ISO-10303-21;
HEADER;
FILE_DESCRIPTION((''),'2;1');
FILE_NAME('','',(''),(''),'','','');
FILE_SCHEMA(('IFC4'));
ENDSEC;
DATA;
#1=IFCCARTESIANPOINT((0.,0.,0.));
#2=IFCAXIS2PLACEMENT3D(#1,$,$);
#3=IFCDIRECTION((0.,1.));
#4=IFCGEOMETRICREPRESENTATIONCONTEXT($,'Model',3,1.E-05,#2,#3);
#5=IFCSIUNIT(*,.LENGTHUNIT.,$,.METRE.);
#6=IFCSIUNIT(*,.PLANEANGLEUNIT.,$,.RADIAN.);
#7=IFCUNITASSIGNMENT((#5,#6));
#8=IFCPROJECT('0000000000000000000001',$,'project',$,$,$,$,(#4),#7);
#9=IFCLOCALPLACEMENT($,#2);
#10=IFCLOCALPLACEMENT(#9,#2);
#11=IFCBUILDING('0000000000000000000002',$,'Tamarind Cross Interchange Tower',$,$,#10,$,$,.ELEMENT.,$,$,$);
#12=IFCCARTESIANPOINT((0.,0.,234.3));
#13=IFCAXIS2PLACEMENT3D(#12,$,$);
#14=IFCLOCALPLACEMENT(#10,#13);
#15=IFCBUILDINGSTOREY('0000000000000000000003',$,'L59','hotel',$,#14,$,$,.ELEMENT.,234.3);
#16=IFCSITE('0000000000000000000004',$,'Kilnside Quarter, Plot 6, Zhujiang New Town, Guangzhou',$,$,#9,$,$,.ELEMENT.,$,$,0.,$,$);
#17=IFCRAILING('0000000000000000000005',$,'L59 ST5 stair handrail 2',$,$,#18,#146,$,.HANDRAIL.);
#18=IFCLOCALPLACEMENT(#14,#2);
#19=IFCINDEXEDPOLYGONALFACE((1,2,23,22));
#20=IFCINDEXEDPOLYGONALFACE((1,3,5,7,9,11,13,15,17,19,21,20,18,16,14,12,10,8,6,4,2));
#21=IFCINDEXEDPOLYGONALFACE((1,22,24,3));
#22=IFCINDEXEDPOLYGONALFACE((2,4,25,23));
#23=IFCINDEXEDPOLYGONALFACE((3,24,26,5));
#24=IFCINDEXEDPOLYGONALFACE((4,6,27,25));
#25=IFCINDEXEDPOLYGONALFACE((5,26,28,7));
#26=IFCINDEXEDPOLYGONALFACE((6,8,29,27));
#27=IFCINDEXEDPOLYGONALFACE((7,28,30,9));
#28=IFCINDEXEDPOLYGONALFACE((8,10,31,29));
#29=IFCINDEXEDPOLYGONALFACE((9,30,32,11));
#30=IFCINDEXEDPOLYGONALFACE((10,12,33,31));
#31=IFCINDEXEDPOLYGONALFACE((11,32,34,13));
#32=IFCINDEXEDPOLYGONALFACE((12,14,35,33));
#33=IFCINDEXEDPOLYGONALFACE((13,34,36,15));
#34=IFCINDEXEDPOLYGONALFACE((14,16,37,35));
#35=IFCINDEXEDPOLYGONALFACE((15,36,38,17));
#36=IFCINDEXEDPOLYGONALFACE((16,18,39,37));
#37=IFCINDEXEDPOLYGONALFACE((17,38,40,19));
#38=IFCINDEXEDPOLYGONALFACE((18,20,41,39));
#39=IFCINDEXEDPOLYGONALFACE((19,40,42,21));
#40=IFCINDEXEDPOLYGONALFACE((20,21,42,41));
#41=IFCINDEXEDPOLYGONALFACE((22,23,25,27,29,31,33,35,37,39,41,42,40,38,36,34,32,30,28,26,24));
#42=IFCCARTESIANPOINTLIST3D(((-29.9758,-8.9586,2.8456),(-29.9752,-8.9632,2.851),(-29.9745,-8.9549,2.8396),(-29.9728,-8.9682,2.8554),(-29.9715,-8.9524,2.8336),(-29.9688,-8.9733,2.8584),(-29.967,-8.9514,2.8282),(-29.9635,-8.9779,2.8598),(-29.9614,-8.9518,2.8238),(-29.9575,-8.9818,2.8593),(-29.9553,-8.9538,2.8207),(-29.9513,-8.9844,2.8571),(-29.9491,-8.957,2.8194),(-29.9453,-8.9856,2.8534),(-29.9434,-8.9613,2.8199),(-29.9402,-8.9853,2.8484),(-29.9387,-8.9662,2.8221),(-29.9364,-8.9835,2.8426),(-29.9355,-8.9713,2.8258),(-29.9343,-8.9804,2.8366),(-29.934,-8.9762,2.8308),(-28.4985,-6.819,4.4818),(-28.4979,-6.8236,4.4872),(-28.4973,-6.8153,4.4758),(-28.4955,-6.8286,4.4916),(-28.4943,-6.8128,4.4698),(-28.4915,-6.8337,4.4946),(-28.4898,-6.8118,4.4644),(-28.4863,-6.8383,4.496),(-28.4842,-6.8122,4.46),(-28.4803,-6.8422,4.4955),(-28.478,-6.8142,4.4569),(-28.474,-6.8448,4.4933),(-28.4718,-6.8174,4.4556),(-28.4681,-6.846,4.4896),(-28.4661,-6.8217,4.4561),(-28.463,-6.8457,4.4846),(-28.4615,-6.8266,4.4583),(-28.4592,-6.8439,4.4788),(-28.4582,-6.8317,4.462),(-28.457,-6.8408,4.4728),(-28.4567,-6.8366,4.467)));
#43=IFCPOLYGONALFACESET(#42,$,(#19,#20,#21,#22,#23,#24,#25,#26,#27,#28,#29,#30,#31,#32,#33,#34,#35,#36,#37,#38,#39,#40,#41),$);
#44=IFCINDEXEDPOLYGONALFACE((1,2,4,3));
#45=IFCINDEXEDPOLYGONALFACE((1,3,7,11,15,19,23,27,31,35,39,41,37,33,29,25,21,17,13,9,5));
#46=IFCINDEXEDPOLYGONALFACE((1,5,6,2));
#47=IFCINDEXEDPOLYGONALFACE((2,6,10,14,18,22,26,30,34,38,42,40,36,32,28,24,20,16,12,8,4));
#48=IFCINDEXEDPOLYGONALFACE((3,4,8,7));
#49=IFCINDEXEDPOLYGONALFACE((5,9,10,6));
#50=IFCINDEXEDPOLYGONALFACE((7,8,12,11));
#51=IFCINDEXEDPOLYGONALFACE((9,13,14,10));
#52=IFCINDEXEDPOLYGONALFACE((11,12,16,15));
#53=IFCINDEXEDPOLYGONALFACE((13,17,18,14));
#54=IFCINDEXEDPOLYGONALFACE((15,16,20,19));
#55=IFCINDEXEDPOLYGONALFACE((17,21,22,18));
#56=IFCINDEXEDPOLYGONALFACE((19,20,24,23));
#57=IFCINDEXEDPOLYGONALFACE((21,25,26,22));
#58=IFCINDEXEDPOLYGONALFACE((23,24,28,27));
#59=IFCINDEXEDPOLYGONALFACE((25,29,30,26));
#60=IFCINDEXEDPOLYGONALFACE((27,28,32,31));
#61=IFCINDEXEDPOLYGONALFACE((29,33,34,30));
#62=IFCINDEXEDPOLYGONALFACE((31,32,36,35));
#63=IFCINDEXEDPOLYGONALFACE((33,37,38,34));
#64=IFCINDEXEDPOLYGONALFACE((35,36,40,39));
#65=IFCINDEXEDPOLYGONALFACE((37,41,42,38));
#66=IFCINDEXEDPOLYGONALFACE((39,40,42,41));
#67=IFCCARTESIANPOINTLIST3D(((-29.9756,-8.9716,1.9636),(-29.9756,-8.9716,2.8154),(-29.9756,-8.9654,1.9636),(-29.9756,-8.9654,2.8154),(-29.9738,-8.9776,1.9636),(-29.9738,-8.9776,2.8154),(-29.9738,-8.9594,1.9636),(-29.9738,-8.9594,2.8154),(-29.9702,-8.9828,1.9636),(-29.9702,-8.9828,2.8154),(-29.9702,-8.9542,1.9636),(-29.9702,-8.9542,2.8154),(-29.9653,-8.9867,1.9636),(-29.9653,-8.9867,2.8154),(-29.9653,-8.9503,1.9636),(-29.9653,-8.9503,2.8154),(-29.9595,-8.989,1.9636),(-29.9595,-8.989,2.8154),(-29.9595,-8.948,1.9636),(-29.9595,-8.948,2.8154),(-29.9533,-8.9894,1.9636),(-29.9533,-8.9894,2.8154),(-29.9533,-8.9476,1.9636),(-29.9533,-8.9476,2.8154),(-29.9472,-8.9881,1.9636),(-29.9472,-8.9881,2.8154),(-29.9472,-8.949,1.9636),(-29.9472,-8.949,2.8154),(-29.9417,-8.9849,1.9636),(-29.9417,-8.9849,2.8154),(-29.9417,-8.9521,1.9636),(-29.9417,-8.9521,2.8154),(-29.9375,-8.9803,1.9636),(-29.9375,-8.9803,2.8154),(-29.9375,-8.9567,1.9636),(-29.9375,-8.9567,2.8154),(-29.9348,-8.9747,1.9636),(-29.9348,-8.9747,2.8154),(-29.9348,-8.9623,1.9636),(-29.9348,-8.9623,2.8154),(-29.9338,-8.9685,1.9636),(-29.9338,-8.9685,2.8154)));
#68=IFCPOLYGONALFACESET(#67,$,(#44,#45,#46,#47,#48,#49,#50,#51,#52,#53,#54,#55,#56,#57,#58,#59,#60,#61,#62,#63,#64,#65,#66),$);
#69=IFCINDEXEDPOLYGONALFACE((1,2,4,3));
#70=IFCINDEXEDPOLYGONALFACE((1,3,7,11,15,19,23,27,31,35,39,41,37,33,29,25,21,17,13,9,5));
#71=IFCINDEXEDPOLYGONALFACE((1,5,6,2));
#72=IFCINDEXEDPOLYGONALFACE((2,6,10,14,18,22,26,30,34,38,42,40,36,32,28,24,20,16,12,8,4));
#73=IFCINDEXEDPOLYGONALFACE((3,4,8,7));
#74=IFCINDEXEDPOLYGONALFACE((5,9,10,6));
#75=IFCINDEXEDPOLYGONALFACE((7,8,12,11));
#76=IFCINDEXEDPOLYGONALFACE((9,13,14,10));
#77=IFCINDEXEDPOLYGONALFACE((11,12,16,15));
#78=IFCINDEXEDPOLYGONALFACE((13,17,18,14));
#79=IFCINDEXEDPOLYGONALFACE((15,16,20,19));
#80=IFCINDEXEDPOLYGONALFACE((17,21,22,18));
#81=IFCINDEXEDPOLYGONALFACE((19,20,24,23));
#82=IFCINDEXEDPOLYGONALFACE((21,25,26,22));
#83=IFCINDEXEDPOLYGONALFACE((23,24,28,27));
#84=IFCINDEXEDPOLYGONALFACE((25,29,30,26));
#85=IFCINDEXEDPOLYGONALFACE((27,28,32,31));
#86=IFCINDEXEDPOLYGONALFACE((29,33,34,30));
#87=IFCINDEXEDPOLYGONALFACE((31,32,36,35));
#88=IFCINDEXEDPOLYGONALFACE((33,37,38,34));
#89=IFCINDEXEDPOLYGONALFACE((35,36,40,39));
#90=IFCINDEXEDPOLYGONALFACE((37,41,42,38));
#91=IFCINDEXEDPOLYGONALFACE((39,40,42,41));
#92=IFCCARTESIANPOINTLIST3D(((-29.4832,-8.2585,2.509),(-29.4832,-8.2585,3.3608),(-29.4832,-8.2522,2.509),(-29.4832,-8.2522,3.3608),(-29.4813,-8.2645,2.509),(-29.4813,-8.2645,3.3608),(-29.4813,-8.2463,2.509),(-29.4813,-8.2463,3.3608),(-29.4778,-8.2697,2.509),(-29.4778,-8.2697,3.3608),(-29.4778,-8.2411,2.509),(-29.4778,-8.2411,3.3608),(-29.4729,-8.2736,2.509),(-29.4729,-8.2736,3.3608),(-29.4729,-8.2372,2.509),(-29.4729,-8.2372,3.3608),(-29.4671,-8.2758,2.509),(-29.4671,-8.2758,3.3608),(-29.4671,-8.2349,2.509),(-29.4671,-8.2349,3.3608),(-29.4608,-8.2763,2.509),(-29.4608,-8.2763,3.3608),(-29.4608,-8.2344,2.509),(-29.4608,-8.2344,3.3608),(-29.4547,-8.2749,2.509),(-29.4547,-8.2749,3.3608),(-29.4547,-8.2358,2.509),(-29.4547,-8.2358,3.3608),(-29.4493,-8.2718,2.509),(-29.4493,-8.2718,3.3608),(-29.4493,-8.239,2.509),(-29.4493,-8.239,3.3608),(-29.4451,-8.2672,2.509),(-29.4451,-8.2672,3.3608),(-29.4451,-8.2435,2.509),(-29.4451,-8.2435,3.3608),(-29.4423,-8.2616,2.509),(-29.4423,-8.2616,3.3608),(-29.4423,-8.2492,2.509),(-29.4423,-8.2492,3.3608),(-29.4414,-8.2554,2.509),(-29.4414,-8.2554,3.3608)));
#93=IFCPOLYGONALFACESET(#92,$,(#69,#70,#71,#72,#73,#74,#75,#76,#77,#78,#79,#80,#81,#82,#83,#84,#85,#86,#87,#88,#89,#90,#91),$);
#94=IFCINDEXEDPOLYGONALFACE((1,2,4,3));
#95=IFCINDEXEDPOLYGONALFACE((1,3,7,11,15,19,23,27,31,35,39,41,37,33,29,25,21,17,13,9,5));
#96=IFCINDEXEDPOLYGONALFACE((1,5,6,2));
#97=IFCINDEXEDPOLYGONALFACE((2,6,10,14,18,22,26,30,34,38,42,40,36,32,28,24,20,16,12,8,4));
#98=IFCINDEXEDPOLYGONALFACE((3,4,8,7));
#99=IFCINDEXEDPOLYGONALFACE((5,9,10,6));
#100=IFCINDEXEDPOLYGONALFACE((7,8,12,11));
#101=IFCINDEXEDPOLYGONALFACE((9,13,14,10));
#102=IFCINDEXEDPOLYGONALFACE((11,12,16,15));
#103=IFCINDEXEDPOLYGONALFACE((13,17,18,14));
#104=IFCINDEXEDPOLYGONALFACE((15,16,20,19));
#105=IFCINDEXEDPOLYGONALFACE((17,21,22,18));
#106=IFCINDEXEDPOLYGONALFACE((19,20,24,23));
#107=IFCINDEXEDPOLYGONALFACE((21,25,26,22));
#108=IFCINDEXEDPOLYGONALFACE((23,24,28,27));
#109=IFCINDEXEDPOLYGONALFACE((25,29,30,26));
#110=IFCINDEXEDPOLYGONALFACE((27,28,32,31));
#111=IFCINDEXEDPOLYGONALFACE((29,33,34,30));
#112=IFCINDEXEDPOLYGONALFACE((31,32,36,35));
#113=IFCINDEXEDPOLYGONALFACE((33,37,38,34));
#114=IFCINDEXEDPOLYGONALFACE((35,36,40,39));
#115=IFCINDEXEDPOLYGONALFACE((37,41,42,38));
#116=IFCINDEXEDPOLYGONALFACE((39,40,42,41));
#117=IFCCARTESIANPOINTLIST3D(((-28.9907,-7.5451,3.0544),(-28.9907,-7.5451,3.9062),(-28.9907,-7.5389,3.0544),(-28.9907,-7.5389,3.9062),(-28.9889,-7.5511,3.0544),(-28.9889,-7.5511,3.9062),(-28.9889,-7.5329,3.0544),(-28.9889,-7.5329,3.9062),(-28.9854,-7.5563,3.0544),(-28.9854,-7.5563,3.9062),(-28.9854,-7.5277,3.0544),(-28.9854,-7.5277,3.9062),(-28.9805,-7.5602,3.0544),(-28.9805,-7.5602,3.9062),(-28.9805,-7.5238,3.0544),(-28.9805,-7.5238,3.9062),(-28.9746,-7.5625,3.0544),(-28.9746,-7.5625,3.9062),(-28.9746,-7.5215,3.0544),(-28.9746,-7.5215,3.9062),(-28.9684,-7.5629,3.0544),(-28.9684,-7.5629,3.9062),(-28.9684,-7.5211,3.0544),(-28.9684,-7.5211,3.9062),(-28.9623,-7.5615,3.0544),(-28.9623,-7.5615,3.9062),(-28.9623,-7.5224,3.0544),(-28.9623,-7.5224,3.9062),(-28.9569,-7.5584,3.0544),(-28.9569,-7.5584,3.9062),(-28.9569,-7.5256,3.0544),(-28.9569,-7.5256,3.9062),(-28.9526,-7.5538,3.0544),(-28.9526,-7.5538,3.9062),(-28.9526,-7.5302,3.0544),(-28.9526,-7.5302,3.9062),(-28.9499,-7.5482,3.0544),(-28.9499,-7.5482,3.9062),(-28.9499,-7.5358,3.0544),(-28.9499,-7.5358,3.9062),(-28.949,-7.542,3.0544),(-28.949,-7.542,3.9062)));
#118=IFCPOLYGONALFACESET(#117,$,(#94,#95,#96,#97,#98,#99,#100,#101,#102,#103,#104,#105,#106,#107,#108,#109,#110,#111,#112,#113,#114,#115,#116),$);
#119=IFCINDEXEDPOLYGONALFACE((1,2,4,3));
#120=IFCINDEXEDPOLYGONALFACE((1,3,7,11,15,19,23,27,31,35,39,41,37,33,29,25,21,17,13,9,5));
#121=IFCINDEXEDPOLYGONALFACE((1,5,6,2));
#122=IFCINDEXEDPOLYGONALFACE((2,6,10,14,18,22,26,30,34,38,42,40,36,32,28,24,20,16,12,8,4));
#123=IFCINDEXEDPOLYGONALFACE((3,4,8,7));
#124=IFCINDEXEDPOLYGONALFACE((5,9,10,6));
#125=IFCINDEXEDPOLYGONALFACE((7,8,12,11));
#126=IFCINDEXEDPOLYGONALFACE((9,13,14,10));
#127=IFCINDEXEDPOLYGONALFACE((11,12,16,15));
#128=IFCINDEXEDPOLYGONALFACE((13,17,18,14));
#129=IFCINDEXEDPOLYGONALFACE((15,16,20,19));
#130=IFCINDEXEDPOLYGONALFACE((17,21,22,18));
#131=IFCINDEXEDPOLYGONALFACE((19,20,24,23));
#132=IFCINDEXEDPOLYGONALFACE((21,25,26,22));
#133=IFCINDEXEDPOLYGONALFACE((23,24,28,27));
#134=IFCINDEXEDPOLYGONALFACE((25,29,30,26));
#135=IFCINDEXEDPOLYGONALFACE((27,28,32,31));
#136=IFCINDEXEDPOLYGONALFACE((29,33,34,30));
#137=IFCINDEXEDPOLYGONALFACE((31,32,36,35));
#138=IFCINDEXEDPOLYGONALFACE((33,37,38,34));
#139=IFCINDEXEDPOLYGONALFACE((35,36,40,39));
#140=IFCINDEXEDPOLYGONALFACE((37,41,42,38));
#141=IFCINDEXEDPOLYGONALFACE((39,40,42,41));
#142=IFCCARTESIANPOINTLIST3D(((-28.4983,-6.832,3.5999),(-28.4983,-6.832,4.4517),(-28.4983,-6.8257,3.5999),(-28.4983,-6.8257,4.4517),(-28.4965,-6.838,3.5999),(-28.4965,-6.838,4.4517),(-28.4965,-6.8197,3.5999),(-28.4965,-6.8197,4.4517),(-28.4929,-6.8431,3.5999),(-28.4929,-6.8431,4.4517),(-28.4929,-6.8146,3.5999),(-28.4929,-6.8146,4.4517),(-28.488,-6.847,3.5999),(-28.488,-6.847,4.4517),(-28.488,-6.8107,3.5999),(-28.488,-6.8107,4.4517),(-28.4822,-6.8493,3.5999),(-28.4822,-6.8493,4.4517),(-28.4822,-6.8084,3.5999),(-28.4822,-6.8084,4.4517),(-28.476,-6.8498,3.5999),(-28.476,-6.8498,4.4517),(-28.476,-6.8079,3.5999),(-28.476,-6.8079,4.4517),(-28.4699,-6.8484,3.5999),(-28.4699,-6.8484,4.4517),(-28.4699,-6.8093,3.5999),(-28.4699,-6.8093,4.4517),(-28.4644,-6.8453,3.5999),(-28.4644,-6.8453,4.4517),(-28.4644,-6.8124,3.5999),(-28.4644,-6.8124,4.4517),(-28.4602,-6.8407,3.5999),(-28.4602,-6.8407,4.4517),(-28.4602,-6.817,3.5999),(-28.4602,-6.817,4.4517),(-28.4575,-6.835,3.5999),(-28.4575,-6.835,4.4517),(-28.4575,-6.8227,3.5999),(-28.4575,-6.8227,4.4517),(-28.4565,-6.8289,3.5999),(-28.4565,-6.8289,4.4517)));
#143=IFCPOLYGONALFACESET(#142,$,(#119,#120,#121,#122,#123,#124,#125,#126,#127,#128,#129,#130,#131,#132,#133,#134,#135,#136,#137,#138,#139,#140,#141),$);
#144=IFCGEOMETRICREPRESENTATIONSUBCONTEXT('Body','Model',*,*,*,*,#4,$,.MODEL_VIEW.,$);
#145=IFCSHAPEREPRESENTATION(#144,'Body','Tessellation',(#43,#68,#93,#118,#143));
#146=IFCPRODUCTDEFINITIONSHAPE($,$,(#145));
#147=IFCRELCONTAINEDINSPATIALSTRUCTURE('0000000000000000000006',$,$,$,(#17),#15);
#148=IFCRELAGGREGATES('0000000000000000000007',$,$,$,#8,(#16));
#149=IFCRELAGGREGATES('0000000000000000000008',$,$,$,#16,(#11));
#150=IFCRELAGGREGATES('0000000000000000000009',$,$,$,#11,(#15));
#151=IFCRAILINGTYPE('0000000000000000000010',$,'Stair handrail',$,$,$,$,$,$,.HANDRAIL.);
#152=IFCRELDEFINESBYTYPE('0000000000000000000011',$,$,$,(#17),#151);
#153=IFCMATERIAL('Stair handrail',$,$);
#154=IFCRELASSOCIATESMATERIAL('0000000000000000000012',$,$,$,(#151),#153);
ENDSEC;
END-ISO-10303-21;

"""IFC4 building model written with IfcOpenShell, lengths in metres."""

from ifc_helpers import new_model, si_unit, direction, frame, origin, origin_2d, place, context, subcontext, project, spatial, circle, extrude, material, type_object, element, save


model = new_model("IFC4")

# Units and contexts
model_context = context("Model", 3, precision=1e-05, world=origin(), true_north=direction((0.0, 1.0)))
body_context = subcontext(model_context, "Body", "Model", "MODEL_VIEW")
ifc_project = project(units=[si_unit("LENGTHUNIT", "METRE"), si_unit("PLANEANGLEUNIT", "RADIAN")], contexts=[model_context])

# Site, building, storey
site_placement = place(None, origin())
site = spatial("IfcSite", under=ifc_project, at=site_placement, Name="Kilnside Quarter, Plot 6, Zhujiang New Town, Guangzhou", CompositionType="ELEMENT", RefElevation=0.0)
building_placement = place(site_placement, origin())
building = spatial("IfcBuilding", under=site, at=building_placement, Name="Tamarind Cross Interchange Tower", CompositionType="ELEMENT")
storey_placement = place(building_placement, frame((0.0, 0.0, 234.3)))
storey = spatial("IfcBuildingStorey", under=building, at=storey_placement, Name="L59", Description="hotel", CompositionType="ELEMENT", Elevation=234.3)

# Railing
ifc_material_1 = material(Name="Stair handrail")
railing_type_1 = type_object("IfcRailingType", Name="Stair handrail", PredefinedType="HANDRAIL", material=ifc_material_1)
railing_1_placement = place(storey_placement, frame((-29.9548, -8.9685, 1.9636)))
element("IfcRailing", 1, at=railing_1_placement, inside=storey, type_object=railing_type_1, Name="L59 ST5 stair handrail 2", PredefinedType="HANDRAIL", context=body_context, shape_type="SweptSolid", body=[
    extrude(circle(Radius=0.0239, at=origin_2d()), frame((0.0, 0.0, 0.876), z_axis=(0.480876, 0.696479, 0.532611), x_axis=(-0.822912, 0.56817, 0.0)), (0.0, 0.0, 1.0), 3.072),
    extrude(circle(Radius=0.021, at=origin_2d()), origin(), (0.0, 0.0, 1.0), 0.8518),
    extrude(circle(Radius=0.021, at=origin_2d()), frame((0.4924, 0.7131, 0.5454)), (0.0, 0.0, 1.0), 0.8518),
    extrude(circle(Radius=0.021, at=origin_2d()), frame((0.9849, 1.4265, 1.0908)), (0.0, 0.0, 1.0), 0.8518),
    extrude(circle(Radius=0.021, at=origin_2d()), frame((1.4773, 2.1396, 1.6362)), (0.0, 0.0, 1.0), 0.8518),
])

save(model, "model.ifc")
